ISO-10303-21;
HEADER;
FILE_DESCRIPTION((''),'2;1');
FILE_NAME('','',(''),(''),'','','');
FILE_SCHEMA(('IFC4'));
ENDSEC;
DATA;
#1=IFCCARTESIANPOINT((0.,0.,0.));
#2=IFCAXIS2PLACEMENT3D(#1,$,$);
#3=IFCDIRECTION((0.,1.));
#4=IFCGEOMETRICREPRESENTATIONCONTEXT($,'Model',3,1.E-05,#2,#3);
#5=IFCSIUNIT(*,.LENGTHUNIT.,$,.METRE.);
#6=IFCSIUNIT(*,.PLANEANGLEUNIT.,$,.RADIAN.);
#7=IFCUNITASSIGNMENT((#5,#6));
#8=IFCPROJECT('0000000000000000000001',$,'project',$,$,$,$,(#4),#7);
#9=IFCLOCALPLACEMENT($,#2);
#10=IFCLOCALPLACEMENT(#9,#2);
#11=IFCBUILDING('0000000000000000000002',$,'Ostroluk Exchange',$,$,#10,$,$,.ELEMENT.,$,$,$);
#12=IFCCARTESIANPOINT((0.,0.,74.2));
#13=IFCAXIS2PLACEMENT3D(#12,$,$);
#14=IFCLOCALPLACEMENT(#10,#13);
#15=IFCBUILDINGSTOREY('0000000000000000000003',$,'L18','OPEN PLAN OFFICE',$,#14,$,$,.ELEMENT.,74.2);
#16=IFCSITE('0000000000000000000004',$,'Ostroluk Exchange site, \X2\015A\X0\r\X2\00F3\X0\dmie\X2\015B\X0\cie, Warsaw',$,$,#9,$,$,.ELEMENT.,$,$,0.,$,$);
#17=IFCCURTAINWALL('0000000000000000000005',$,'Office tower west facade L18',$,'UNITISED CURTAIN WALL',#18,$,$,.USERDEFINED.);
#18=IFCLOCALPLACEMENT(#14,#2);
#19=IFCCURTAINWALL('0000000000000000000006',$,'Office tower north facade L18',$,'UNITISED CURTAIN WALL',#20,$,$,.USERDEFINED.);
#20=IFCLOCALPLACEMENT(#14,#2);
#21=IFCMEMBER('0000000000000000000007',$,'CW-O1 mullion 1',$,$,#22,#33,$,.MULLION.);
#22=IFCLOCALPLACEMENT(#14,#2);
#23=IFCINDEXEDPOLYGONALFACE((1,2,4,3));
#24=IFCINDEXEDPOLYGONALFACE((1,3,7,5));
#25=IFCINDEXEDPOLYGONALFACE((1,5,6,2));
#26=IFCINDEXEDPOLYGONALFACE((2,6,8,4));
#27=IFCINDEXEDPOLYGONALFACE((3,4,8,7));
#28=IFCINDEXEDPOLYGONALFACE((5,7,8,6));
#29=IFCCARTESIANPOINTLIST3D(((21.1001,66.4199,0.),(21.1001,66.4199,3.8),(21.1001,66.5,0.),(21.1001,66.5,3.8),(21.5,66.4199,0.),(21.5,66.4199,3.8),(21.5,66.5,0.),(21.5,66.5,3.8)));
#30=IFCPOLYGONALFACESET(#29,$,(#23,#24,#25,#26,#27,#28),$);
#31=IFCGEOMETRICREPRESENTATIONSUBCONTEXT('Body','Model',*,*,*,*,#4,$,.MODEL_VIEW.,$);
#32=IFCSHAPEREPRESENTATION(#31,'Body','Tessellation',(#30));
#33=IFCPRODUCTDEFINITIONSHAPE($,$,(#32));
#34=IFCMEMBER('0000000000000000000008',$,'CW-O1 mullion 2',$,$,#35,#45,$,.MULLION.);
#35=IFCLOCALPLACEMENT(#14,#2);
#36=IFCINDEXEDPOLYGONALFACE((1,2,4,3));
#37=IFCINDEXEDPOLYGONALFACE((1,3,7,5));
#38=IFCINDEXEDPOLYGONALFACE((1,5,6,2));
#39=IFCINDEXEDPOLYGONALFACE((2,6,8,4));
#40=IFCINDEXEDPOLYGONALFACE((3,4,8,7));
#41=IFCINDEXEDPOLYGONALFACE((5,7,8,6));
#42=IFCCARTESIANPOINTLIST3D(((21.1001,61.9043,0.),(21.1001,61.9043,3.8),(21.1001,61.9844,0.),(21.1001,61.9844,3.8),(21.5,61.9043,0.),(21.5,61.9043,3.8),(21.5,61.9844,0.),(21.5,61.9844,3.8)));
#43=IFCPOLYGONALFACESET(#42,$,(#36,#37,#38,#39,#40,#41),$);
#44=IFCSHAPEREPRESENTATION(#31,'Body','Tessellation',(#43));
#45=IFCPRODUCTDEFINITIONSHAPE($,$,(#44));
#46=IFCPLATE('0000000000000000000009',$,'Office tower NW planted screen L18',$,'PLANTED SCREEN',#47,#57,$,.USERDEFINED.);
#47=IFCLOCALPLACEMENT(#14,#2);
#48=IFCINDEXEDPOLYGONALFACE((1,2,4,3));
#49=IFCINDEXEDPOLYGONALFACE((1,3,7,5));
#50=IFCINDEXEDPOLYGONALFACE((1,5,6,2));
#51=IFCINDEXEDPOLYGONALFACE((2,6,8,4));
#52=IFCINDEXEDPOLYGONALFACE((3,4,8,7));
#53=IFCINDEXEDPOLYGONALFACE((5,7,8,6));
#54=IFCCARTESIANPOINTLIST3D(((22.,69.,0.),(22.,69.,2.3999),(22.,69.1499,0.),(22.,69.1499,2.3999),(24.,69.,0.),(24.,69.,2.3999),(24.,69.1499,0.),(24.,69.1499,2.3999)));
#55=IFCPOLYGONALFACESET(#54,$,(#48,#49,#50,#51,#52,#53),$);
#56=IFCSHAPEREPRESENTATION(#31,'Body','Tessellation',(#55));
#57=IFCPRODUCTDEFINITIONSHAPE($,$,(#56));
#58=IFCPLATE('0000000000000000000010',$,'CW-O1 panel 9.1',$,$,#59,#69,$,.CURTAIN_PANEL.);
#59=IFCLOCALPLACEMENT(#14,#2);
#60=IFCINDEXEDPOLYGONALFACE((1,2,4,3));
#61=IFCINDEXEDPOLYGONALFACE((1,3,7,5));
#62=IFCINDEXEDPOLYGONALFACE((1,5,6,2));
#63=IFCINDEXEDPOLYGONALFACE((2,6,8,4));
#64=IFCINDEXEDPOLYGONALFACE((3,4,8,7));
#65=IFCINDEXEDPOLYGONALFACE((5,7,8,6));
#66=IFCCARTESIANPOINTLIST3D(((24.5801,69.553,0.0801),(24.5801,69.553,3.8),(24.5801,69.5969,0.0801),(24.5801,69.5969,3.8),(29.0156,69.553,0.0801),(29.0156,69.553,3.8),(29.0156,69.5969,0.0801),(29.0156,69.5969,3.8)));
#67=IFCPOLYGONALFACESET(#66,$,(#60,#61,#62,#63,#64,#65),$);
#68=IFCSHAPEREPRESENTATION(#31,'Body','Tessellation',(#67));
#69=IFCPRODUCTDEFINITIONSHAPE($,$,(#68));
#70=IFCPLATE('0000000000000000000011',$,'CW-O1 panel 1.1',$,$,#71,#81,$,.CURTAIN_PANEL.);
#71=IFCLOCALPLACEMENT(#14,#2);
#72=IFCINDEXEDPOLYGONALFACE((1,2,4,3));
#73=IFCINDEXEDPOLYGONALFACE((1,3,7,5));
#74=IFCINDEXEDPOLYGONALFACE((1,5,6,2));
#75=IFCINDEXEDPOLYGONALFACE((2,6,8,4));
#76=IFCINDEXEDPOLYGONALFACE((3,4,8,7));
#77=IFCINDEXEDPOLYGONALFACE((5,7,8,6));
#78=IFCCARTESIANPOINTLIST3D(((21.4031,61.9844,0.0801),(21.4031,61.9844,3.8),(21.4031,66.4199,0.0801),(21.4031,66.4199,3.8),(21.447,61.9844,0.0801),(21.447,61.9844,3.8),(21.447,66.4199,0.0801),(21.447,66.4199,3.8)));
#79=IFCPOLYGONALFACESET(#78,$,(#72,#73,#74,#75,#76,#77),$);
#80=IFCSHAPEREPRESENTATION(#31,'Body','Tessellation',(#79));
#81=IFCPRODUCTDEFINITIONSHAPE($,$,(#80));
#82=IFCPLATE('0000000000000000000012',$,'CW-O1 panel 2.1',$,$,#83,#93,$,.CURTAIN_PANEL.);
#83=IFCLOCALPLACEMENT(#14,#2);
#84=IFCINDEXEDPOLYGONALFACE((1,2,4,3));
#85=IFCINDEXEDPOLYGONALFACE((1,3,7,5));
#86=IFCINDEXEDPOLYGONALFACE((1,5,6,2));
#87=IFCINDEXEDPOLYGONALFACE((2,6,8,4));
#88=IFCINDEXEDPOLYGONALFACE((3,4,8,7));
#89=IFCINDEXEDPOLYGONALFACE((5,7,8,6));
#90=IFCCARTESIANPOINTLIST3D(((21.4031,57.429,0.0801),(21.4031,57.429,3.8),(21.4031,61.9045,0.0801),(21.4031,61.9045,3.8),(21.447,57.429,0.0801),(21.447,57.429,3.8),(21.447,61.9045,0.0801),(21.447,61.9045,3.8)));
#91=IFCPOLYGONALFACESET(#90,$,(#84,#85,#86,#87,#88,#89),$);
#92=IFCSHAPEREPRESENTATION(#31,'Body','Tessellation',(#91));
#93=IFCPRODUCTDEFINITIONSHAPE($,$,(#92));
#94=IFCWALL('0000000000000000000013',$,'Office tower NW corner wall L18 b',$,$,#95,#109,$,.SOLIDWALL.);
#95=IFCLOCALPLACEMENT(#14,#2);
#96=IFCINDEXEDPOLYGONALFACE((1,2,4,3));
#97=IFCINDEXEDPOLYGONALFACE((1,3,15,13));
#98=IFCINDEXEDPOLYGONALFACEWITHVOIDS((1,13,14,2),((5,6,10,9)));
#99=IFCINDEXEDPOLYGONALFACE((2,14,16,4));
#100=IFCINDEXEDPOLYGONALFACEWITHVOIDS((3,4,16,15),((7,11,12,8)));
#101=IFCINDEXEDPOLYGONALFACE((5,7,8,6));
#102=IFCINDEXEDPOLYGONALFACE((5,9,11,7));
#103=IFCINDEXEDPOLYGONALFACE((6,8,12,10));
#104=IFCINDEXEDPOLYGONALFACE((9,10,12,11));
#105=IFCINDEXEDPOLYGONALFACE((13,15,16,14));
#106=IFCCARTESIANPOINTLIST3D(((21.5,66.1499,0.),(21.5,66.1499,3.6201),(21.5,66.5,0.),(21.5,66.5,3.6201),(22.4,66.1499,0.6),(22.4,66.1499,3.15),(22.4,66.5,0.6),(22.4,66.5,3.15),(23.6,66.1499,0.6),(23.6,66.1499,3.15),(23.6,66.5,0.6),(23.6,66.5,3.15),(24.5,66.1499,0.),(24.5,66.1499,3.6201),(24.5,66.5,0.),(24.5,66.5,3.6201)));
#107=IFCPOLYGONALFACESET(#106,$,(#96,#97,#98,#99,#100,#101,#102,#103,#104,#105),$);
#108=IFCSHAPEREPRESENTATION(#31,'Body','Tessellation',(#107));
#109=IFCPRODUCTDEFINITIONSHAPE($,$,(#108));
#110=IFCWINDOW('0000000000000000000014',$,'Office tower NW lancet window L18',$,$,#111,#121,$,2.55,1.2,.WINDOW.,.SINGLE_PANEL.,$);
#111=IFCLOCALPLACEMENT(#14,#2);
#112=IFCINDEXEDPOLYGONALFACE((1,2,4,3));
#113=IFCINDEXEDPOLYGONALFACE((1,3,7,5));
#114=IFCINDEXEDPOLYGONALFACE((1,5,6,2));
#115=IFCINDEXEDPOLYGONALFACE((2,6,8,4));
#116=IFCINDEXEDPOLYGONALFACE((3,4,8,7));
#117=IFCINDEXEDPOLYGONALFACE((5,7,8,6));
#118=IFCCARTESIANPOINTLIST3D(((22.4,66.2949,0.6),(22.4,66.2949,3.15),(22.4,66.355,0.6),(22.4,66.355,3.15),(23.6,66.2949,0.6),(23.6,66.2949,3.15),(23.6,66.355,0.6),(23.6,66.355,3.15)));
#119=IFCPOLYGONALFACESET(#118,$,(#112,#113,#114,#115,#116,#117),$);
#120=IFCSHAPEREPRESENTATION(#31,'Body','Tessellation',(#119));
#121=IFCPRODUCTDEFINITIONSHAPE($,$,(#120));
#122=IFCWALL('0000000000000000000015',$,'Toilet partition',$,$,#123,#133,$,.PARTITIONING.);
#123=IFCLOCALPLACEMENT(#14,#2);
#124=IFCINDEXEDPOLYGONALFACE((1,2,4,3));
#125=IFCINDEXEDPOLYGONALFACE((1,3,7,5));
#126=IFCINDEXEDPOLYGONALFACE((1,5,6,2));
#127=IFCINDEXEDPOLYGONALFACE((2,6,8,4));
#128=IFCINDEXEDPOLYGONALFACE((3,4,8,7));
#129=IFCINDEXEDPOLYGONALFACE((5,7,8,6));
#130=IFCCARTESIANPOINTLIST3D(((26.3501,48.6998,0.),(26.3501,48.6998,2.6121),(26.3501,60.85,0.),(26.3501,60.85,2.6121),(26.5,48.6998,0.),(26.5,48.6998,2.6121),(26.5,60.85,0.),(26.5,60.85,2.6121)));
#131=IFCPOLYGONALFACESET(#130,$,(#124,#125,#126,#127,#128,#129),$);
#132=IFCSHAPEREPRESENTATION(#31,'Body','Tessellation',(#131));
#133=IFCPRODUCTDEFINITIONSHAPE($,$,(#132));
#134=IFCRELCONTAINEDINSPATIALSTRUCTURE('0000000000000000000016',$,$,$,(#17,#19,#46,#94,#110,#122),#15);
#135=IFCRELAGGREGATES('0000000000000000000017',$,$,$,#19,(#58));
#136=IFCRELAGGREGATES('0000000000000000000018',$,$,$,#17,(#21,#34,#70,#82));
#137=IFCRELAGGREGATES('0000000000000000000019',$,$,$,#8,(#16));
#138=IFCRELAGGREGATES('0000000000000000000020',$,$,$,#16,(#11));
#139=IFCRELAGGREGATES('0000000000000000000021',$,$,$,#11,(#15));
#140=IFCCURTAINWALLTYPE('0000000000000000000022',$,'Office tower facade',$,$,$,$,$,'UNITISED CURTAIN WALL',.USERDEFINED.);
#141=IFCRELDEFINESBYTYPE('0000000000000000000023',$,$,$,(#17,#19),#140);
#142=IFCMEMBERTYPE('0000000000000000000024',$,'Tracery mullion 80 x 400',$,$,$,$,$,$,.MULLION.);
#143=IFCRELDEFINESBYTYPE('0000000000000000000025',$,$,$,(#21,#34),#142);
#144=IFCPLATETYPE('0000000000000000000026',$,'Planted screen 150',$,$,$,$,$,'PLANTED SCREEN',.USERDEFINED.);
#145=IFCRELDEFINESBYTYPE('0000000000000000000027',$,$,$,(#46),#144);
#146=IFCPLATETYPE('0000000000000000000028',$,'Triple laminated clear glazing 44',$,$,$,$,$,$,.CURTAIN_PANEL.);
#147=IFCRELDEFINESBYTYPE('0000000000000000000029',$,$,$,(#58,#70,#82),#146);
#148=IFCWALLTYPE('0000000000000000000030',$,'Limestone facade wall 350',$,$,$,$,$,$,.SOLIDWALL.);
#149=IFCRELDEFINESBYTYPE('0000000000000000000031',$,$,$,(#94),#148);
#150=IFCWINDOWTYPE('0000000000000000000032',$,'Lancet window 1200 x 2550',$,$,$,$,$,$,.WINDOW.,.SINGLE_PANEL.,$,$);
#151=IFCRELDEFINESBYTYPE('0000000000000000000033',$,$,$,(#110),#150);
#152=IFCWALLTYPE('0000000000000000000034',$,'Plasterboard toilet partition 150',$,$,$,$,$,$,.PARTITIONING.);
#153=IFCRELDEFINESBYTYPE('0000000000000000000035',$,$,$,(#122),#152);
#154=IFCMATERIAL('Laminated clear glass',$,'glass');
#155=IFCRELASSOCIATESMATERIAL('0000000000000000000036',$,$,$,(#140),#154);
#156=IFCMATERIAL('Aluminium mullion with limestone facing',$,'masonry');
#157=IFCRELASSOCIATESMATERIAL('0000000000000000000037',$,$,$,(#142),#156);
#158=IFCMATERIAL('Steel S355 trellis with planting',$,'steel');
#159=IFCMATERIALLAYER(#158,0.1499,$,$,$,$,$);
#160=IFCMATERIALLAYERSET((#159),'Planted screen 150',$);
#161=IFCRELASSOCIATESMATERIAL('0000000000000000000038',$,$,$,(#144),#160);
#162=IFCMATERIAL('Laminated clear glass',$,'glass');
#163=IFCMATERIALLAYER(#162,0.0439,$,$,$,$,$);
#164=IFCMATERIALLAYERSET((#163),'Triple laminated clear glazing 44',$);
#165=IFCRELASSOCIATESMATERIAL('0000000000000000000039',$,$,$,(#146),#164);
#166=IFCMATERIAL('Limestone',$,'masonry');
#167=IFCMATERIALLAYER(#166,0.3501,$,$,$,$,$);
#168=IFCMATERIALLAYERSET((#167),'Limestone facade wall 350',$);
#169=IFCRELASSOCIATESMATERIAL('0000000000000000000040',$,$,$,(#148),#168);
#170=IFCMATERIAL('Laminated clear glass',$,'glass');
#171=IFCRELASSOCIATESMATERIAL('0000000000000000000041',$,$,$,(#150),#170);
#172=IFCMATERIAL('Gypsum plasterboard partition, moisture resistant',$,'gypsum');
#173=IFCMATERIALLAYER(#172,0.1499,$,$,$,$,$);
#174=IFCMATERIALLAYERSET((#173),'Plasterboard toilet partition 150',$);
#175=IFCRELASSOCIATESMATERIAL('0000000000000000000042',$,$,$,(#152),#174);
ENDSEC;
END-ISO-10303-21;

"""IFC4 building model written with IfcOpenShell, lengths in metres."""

from ifc_helpers import new_model, si_unit, direction, frame, frame_2d, origin, origin_2d, place, context, subcontext, project, spatial, rectangle, extrude, material, layer, layer_set, material_profile, profile_set, type_object, element, fill, aggregate, save


model = new_model("IFC4")

# Units and contexts
model_context = context("Model", 3, precision=1e-05, world=origin(), true_north=direction((0.0, 1.0)))
body_context = subcontext(model_context, "Body", "Model", "MODEL_VIEW")
ifc_project = project(units=[si_unit("LENGTHUNIT", "METRE"), si_unit("PLANEANGLEUNIT", "RADIAN")], contexts=[model_context])

# Site, building, storey
site_placement = place(None, origin())
site = spatial("IfcSite", under=ifc_project, at=site_placement, Name="Ostroluk Exchange site, Śródmieście, Warsaw", CompositionType="ELEMENT", RefElevation=0.0)
building_placement = place(site_placement, origin())
building = spatial("IfcBuilding", under=site, at=building_placement, Name="Ostroluk Exchange", CompositionType="ELEMENT")
storey_placement = place(building_placement, frame((0.0, 0.0, 74.2)))
storey = spatial("IfcBuildingStorey", under=building, at=storey_placement, Name="L18", Description="OPEN PLAN OFFICE", CompositionType="ELEMENT", Elevation=74.2)

# Curtain wall
ifc_material_1 = material(Name="Laminated clear glass", Category="glass")
curtain_wall_type = type_object("IfcCurtainWallType", Name="Office tower facade", ElementType="UNITISED CURTAIN WALL", PredefinedType="USERDEFINED", material=ifc_material_1)
curtain_wall_1_placement = place(storey_placement, origin())
curtain_wall_1 = element("IfcCurtainWall", 1, at=curtain_wall_1_placement, inside=storey, type_object=curtain_wall_type, Name="Office tower west facade L18", ObjectType="UNITISED CURTAIN WALL", PredefinedType="USERDEFINED")

# Curtain wall
curtain_wall_2_placement = place(storey_placement, origin())
curtain_wall_2 = element("IfcCurtainWall", 2, at=curtain_wall_2_placement, inside=storey, type_object=curtain_wall_type, Name="Office tower north facade L18", ObjectType="UNITISED CURTAIN WALL", PredefinedType="USERDEFINED")
ifc_material_2 = material(Name="Aluminium mullion with limestone facing", Category="masonry")
ifc_material_profile_1 = material_profile(ifc_material_2, rectangle(XDim=0.3999, YDim=0.0801, at=origin_2d()), Name="Tracery mullion 80 x 400")
ifc_profile_set_1 = profile_set([ifc_material_profile_1], Name="Aluminium mullion with limestone facing")
member_type_1 = type_object("IfcMemberType", Name="Tracery mullion 80 x 400", PredefinedType="MULLION", material=ifc_profile_set_1)

# Members
member_1_placement = place(storey_placement, frame((21.3, 66.46, 0.0), z_axis=(0.0, 0.0, 1.0), x_axis=(1.0, 0.0, 0.0)))
member_1 = element("IfcMember", 3, at=member_1_placement, type_object=member_type_1, Name="CW-O1 mullion 1", PredefinedType="MULLION", context=body_context, shape_type="SweptSolid", body=[
    extrude(rectangle(XDim=0.3999, YDim=0.0801, at=origin_2d()), origin(), (0.0, 0.0, 1.0), 3.8),
])
member_2_placement = place(storey_placement, frame((21.3, 61.9443, 0.0), z_axis=(0.0, 0.0, 1.0), x_axis=(1.0, 0.0, 0.0)))
member_2 = element("IfcMember", 4, at=member_2_placement, type_object=member_type_1, Name="CW-O1 mullion 2", PredefinedType="MULLION", context=body_context, shape_type="SweptSolid", body=[
    extrude(rectangle(XDim=0.3999, YDim=0.0801, at=origin_2d()), origin(), (0.0, 0.0, 1.0), 3.8),
])

# Plates
ifc_material_3 = material(Name="Steel S355 trellis with planting", Category="steel")
ifc_layer_1 = layer(ifc_material_3, 0.1499)
ifc_layer_set_1 = layer_set([ifc_layer_1], Name="Planted screen 150")
plate_type_1 = type_object("IfcPlateType", Name="Planted screen 150", ElementType="PLANTED SCREEN", PredefinedType="USERDEFINED", material=ifc_layer_set_1)
plate_1_placement = place(storey_placement, frame((23.0, 69.075, 0.0), z_axis=(0.0, 0.0, 1.0), x_axis=(1.0, 0.0, 0.0)))
element("IfcPlate", 5, at=plate_1_placement, inside=storey, type_object=plate_type_1, Name="Office tower NW planted screen L18", ObjectType="PLANTED SCREEN", PredefinedType="USERDEFINED", context=body_context, shape_type="SweptSolid", body=[
    extrude(rectangle(XDim=2.0, YDim=0.1499, at=origin_2d()), origin(), (0.0, 0.0, 1.0), 2.3999),
])
ifc_material_4 = material(Name="Laminated clear glass", Category="glass")
ifc_layer_2 = layer(ifc_material_4, 0.0439)
ifc_layer_set_2 = layer_set([ifc_layer_2], Name="Triple laminated clear glazing 44")
plate_type_2 = type_object("IfcPlateType", Name="Triple laminated clear glazing 44", PredefinedType="CURTAIN_PANEL", material=ifc_layer_set_2)
plate_2_placement = place(storey_placement, frame((26.7979, 69.575, 0.0801), z_axis=(0.0, 0.0, 1.0), x_axis=(-1.0, 0.0, 0.0)))
plate_2 = element("IfcPlate", 6, at=plate_2_placement, type_object=plate_type_2, Name="CW-O1 panel 9.1", PredefinedType="CURTAIN_PANEL", context=body_context, shape_type="SweptSolid", body=[
    extrude(rectangle(XDim=4.4355, YDim=0.0439, at=origin_2d()), origin(), (0.0, 0.0, 1.0), 3.72),
])
aggregate(curtain_wall_2, [plate_2])
plate_3_placement = place(storey_placement, frame((21.425, 64.2021, 0.0801), z_axis=(0.0, 0.0, 1.0), x_axis=(0.0, -1.0, 0.0)))
plate_3 = element("IfcPlate", 7, at=plate_3_placement, type_object=plate_type_2, Name="CW-O1 panel 1.1", PredefinedType="CURTAIN_PANEL", context=body_context, shape_type="SweptSolid", body=[
    extrude(rectangle(XDim=4.4355, YDim=0.0439, at=origin_2d()), origin(), (0.0, 0.0, 1.0), 3.72),
])
plate_4_placement = place(storey_placement, frame((21.425, 59.6667, 0.0801), z_axis=(0.0, 0.0, 1.0), x_axis=(0.0, -1.0, 0.0)))
plate_4 = element("IfcPlate", 8, at=plate_4_placement, type_object=plate_type_2, Name="CW-O1 panel 2.1", PredefinedType="CURTAIN_PANEL", context=body_context, shape_type="SweptSolid", body=[
    extrude(rectangle(XDim=4.4756, YDim=0.0439, at=origin_2d()), origin(), (0.0, 0.0, 1.0), 3.72),
])
aggregate(curtain_wall_1, [member_1, member_2, plate_3, plate_4])

# Shared definitions
ifc_material_5 = material(Name="Limestone", Category="masonry")
ifc_layer_3 = layer(ifc_material_5, 0.3501)
ifc_layer_set_3 = layer_set([ifc_layer_3], Name="Limestone facade wall 350")
wall_type_1 = type_object("IfcWallType", Name="Limestone facade wall 350", PredefinedType="SOLIDWALL", material=ifc_layer_set_3)

# Wall, opening, window
wall_1_placement = place(storey_placement, frame((24.5, 66.325, 0.0), z_axis=(0.0, 0.0, 1.0), x_axis=(-1.0, 0.0, 0.0)))
wall_1 = element("IfcWall", 9, at=wall_1_placement, inside=storey, type_object=wall_type_1, Name="Office tower NW corner wall L18 b", PredefinedType="SOLIDWALL", context=body_context, shape_type="SweptSolid", body=[
    extrude(rectangle(XDim=3.0, YDim=0.3501, at=frame_2d((1.5, 0.0))), origin(), (0.0, 0.0, 1.0), 3.6201),
])
opening_1_placement = place(wall_1_placement, frame((0.8999, 0.0, 0.6001)))
opening_1 = element("IfcOpeningElement", 10, at=opening_1_placement, cuts=wall_1, PredefinedType="OPENING", context=body_context, shape_type="SweptSolid", body=[
    extrude(rectangle(XDim=1.2, YDim=2.55, at=frame_2d((0.6001, 1.2749))), frame((0.0, 0.1851, 0.0), z_axis=(0.0, -1.0, 0.0), x_axis=(1.0, 0.0, 0.0)), (0.0, 0.0, 1.0), 0.3701),
])
ifc_material_6 = material(Name="Laminated clear glass", Category="glass")
window_type = type_object("IfcWindowType", Name="Lancet window 1200 x 2550", PartitioningType="SINGLE_PANEL", PredefinedType="WINDOW", material=ifc_material_6)
window_placement = place(opening_1_placement, origin())
window = element("IfcWindow", 11, at=window_placement, inside=storey, type_object=window_type, Name="Office tower NW lancet window L18", OverallHeight=2.55, OverallWidth=1.2, PartitioningType="SINGLE_PANEL", PredefinedType="WINDOW", context=body_context, shape_type="SweptSolid", body=[
    extrude(rectangle(XDim=1.2, YDim=2.55, at=frame_2d((0.6001, 1.2749))), frame((0.0, 0.03, 0.0), z_axis=(0.0, -1.0, 0.0), x_axis=(1.0, 0.0, 0.0)), (0.0, 0.0, 1.0), 0.0601),
])
fill(opening_1, window)

# Wall
ifc_material_7 = material(Name="Gypsum plasterboard partition, moisture resistant", Category="gypsum")
ifc_layer_4 = layer(ifc_material_7, 0.1499)
ifc_layer_set_4 = layer_set([ifc_layer_4], Name="Plasterboard toilet partition 150")
wall_type_2 = type_object("IfcWallType", Name="Plasterboard toilet partition 150", PredefinedType="PARTITIONING", material=ifc_layer_set_4)
wall_2_placement = place(storey_placement, frame((26.425, 60.8501, 0.0), z_axis=(0.0, 0.0, 1.0), x_axis=(0.0, -1.0, 0.0)))
element("IfcWall", 12, at=wall_2_placement, inside=storey, type_object=wall_type_2, Name="Toilet partition", PredefinedType="PARTITIONING", context=body_context, shape_type="SweptSolid", body=[
    extrude(rectangle(XDim=12.1501, YDim=0.1499, at=frame_2d((6.0752, 0.0))), origin(), (0.0, 0.0, 1.0), 2.6121),
])

save(model, "model.ifc")
